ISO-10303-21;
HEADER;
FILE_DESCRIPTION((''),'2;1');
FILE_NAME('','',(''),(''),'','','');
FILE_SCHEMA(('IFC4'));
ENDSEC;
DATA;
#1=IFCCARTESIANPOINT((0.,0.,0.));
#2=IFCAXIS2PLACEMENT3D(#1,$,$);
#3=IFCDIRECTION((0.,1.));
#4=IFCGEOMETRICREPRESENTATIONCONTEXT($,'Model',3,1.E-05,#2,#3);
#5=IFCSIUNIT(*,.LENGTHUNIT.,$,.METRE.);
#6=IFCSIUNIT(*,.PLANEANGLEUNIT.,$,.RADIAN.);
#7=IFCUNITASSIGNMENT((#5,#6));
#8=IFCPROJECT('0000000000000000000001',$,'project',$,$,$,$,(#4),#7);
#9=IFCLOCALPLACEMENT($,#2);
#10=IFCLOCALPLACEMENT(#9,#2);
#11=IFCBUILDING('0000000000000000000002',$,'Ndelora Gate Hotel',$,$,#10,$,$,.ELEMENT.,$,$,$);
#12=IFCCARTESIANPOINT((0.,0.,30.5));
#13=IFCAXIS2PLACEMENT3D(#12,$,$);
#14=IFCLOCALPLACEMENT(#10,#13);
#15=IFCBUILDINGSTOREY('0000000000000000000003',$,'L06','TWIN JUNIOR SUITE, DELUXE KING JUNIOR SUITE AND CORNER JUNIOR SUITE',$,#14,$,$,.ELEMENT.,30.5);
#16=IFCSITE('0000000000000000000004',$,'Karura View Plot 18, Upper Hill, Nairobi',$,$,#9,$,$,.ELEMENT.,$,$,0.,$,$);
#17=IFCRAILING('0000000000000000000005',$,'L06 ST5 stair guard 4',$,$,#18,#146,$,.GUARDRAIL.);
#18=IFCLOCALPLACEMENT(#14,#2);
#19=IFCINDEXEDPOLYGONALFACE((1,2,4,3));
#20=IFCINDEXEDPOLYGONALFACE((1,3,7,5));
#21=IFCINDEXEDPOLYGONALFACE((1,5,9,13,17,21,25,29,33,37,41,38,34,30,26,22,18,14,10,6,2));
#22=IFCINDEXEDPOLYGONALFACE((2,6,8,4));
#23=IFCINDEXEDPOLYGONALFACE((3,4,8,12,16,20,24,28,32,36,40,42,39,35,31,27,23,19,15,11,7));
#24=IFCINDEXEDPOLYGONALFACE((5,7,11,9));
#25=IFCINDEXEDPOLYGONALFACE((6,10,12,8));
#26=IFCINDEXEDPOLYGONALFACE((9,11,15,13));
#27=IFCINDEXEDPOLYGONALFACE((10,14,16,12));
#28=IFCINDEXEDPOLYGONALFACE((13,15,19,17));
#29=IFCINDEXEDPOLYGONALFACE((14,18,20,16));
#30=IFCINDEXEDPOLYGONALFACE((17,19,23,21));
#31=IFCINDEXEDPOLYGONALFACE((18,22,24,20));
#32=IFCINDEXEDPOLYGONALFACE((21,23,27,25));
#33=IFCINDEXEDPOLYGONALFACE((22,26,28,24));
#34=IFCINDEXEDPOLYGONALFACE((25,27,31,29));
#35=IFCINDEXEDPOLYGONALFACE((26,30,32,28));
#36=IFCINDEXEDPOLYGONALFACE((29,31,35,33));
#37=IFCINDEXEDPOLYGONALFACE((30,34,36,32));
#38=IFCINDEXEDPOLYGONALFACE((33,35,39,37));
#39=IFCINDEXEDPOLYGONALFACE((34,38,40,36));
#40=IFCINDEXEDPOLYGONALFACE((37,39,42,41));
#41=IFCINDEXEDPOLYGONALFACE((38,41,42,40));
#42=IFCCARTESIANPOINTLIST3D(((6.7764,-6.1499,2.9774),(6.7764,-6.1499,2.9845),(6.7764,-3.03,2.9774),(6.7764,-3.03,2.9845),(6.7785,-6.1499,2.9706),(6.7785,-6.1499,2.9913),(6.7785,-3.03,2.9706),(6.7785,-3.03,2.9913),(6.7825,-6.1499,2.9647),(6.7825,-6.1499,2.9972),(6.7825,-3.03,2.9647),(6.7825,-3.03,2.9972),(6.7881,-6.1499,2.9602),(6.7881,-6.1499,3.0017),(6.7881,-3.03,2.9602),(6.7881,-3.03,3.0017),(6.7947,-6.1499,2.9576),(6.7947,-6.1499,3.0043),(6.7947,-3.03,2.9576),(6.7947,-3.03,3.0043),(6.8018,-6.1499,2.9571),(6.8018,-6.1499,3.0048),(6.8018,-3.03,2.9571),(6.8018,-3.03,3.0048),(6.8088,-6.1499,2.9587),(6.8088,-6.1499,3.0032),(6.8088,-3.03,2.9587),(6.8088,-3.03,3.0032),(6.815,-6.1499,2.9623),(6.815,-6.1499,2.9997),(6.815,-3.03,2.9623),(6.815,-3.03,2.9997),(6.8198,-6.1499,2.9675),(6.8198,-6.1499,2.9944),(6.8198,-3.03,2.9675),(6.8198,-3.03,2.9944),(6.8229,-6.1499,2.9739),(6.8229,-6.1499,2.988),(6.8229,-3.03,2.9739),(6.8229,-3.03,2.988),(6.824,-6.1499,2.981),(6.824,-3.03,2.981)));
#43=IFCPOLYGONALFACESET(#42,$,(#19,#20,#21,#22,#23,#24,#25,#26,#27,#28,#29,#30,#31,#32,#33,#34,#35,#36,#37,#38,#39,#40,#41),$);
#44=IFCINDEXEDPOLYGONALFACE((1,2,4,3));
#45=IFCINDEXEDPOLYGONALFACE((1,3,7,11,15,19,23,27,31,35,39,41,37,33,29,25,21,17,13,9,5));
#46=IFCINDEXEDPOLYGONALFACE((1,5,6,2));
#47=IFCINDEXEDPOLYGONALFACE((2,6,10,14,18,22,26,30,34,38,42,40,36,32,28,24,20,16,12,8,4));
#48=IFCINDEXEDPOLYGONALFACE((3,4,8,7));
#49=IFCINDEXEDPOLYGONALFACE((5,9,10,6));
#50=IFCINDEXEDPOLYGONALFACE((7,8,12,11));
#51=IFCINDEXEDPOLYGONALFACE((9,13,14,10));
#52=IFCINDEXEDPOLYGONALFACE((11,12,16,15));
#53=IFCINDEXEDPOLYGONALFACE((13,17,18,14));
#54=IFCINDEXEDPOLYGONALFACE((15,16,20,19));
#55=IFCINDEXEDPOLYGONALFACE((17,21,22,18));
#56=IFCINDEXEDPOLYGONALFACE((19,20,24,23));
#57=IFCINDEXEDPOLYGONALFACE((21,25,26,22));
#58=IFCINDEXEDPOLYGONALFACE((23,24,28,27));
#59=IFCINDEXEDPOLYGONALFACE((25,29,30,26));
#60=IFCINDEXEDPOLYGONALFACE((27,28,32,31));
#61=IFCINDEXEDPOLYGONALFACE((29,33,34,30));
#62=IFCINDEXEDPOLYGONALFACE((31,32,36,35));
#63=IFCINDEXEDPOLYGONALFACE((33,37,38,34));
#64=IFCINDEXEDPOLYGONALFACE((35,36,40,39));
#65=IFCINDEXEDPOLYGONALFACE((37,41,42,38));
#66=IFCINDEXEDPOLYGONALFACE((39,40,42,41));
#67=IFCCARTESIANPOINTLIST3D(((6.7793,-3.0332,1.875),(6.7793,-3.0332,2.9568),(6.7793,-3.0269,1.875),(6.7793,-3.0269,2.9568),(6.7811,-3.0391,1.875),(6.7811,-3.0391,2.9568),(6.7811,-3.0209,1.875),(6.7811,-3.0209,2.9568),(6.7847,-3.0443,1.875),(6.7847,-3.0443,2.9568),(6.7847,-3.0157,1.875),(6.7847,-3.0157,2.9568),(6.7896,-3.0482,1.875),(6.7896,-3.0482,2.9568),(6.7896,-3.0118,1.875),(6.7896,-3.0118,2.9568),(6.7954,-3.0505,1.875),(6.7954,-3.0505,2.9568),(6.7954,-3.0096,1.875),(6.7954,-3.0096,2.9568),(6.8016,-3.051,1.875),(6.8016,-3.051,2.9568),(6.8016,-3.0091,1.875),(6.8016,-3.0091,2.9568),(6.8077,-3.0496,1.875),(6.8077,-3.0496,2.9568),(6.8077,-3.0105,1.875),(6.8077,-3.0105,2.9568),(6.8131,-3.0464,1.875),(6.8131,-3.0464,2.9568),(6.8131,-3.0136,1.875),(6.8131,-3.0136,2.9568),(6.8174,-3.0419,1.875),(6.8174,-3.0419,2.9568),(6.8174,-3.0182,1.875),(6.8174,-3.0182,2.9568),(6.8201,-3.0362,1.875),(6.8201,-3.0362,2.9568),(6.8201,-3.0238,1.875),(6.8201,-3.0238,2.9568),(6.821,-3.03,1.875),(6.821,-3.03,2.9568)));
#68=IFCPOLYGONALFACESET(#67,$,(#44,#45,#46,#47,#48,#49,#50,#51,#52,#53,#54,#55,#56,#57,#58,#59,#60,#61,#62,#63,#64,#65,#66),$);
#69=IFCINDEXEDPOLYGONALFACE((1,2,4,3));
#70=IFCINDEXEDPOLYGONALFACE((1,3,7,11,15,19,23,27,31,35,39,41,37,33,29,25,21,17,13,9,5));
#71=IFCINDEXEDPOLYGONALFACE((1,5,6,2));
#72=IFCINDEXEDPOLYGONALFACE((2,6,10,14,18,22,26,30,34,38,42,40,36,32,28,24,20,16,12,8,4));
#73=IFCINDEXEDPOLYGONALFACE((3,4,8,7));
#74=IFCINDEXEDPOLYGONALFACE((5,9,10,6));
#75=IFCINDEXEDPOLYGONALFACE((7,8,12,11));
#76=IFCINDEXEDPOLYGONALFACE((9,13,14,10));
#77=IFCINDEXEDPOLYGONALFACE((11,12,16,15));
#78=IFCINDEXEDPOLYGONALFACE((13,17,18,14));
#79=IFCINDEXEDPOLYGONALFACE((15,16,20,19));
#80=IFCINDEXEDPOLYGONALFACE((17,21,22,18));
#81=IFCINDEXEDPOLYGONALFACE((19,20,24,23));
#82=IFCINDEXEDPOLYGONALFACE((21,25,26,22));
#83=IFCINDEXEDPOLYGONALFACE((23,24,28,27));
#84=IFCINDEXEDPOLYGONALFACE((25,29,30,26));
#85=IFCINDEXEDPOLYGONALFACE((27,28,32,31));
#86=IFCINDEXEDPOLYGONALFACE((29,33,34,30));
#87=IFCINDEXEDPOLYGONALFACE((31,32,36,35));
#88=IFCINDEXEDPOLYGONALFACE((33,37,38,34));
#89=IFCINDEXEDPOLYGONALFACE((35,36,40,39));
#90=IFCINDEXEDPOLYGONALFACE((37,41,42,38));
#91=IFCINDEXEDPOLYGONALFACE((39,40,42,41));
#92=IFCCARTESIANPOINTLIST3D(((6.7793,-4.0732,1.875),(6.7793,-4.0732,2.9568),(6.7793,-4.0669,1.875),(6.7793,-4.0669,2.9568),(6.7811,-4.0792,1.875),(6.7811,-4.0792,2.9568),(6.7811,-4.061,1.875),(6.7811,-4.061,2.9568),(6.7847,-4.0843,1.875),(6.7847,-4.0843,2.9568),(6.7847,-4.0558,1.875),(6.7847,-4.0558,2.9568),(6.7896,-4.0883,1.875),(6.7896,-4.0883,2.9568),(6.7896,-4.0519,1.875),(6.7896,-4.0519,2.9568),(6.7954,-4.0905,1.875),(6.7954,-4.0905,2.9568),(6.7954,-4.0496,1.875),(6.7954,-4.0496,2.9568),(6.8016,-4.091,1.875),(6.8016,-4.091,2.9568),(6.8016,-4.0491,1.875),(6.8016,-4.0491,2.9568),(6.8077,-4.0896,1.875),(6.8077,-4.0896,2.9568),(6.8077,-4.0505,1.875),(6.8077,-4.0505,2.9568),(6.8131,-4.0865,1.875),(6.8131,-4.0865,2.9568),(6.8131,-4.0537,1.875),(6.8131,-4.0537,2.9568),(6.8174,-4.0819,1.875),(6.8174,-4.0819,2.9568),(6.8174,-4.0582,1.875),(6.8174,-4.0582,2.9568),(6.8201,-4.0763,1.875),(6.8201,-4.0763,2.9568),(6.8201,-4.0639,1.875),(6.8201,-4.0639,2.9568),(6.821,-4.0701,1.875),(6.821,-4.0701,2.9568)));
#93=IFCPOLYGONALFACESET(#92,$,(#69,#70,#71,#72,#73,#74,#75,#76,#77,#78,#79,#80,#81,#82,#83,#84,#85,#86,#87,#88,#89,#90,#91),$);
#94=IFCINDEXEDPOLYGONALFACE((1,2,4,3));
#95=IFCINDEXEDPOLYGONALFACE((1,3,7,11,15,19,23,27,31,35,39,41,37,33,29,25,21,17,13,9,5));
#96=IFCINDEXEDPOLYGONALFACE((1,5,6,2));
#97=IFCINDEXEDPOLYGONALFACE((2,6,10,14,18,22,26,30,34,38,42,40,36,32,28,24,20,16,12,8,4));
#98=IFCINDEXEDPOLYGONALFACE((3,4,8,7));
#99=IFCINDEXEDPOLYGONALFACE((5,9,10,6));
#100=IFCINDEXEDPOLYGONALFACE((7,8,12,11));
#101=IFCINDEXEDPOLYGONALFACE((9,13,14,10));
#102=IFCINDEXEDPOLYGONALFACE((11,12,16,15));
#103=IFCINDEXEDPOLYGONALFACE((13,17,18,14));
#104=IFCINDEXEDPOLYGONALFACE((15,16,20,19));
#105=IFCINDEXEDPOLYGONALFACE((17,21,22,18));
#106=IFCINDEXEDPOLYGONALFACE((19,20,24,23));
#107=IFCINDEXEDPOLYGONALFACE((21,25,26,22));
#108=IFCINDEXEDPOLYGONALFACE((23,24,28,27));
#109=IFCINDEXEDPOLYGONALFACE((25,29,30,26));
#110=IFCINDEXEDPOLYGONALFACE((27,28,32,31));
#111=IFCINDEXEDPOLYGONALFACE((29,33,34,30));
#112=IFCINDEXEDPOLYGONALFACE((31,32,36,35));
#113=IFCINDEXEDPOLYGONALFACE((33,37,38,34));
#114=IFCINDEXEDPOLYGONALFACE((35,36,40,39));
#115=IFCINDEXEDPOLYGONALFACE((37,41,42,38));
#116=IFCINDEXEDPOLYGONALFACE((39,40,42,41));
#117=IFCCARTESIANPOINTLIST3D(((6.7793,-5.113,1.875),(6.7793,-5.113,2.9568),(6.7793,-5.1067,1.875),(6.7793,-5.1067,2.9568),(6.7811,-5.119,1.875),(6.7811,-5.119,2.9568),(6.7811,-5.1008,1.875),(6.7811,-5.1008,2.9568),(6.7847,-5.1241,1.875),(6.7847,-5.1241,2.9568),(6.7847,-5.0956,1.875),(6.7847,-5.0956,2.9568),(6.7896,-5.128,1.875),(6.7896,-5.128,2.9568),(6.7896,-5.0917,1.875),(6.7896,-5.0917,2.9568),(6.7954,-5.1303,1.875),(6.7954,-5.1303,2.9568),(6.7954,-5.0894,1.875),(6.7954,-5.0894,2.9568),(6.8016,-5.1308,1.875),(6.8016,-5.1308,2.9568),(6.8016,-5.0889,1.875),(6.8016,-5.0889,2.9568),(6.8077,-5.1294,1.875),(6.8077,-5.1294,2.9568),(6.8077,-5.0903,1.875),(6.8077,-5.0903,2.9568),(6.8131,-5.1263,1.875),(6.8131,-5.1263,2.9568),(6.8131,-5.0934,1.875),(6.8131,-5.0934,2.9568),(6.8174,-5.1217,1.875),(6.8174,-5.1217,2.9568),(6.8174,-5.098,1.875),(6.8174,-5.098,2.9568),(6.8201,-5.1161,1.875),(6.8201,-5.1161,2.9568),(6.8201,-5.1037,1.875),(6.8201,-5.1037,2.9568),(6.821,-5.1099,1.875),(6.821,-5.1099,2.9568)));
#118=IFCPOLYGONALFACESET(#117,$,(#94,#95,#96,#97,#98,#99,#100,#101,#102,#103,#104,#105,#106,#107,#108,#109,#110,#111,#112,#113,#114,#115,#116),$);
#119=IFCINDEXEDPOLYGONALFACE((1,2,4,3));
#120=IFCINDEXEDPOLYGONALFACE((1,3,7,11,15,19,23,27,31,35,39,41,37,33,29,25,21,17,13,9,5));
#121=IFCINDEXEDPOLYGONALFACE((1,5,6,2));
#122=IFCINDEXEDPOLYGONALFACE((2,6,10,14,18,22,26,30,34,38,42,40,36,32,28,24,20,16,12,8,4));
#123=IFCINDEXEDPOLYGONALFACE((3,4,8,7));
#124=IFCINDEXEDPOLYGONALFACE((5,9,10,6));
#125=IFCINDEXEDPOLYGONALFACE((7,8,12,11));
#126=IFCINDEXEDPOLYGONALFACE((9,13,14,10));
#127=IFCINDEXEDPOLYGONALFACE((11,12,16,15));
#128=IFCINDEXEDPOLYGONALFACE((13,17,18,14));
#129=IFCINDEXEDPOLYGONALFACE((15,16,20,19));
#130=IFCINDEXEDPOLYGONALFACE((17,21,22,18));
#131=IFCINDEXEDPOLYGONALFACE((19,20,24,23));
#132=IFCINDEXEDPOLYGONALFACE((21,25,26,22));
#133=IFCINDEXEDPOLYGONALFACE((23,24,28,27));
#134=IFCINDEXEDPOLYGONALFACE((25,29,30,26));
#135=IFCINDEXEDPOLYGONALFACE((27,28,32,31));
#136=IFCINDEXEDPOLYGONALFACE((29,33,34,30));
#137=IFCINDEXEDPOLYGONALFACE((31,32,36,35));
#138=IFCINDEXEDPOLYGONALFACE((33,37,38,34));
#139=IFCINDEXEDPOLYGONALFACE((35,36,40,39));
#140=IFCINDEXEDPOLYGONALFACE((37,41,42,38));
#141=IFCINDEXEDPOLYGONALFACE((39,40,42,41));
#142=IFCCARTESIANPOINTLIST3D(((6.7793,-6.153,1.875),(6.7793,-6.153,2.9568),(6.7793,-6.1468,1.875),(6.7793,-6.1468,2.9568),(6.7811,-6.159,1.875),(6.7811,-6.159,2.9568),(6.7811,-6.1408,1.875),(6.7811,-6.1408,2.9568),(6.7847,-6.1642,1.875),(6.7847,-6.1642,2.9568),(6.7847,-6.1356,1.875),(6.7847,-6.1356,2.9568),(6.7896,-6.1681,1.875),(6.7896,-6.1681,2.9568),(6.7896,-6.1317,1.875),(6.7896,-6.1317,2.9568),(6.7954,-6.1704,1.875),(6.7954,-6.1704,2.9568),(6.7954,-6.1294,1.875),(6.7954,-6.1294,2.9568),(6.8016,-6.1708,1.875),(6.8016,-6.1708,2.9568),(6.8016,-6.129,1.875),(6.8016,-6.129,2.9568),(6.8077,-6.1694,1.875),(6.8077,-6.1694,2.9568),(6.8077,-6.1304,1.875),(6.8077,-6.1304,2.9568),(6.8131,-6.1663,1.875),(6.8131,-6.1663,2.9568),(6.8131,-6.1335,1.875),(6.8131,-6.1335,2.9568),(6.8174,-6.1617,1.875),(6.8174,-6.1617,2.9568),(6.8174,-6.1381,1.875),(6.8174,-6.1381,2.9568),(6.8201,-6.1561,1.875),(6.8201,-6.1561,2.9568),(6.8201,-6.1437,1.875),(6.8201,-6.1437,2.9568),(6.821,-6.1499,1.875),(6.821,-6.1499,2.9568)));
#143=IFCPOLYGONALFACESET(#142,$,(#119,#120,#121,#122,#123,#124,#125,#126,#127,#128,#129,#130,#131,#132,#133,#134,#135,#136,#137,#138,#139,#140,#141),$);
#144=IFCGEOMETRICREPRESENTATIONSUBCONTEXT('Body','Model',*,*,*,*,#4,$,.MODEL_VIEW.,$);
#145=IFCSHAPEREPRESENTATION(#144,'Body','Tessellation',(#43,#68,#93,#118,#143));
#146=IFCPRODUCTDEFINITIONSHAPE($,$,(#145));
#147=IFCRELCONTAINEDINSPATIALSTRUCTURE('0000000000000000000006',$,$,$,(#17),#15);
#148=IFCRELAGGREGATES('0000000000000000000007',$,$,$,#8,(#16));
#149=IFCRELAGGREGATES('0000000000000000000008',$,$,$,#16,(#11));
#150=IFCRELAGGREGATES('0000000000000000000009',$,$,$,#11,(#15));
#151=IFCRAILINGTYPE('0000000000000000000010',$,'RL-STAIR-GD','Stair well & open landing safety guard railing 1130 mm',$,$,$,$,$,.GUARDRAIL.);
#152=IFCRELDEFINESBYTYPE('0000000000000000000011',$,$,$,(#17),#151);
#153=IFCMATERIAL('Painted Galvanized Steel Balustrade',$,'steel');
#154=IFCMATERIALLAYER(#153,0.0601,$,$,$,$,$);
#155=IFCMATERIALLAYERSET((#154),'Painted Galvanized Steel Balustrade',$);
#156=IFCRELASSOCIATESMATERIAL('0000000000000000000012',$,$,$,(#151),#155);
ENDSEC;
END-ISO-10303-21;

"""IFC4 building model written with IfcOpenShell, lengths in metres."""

from ifc_helpers import new_model, si_unit, direction, frame, origin, origin_2d, place, context, subcontext, project, spatial, circle, extrude, material, layer, layer_set, type_object, element, save


model = new_model("IFC4")

# Units and contexts
model_context = context("Model", 3, precision=1e-05, world=origin(), true_north=direction((0.0, 1.0)))
body_context = subcontext(model_context, "Body", "Model", "MODEL_VIEW")
ifc_project = project(units=[si_unit("LENGTHUNIT", "METRE"), si_unit("PLANEANGLEUNIT", "RADIAN")], contexts=[model_context])

# Site, building, storey
site_placement = place(None, origin())
site = spatial("IfcSite", under=ifc_project, at=site_placement, Name="Karura View Plot 18, Upper Hill, Nairobi", CompositionType="ELEMENT", RefElevation=0.0)
building_placement = place(site_placement, origin())
building = spatial("IfcBuilding", under=site, at=building_placement, Name="Ndelora Gate Hotel", CompositionType="ELEMENT")
storey_placement = place(building_placement, frame((0.0, 0.0, 30.5)))
storey = spatial("IfcBuildingStorey", under=building, at=storey_placement, Name="L06", Description="TWIN JUNIOR SUITE, DELUXE KING JUNIOR SUITE AND CORNER JUNIOR SUITE", CompositionType="ELEMENT", Elevation=30.5)

# Railing
ifc_material_1 = material(Name="Painted Galvanized Steel Balustrade", Category="steel")
ifc_layer_1 = layer(ifc_material_1, 0.0601)
ifc_layer_set_1 = layer_set([ifc_layer_1], Name="Painted Galvanized Steel Balustrade")
railing_type_1 = type_object("IfcRailingType", Name="RL-STAIR-GD", Description="Stair well & open landing safety guard railing 1130 mm", PredefinedType="GUARDRAIL", material=ifc_layer_set_1)
for number, where, name in (
    (1, (6.8, -3.03, 1.875), "L06 ST5 stair guard 4"),
):
    element("IfcRailing", number, at=place(storey_placement, frame(where)), inside=storey, type_object=railing_type_1, Name=name, PredefinedType="GUARDRAIL", context=body_context, shape_type="SweptSolid", body=[
        extrude(circle(Radius=0.0239, at=origin_2d()), frame((0.0, 0.0, 1.106), z_axis=(0.0, -1.0, 0.0), x_axis=(1.0, 0.0, 0.0)), (0.0, 0.0, 1.0), 3.1199),
        extrude(circle(Radius=0.021, at=origin_2d()), origin(), (0.0, 0.0, 1.0), 1.0818),
        extrude(circle(Radius=0.021, at=origin_2d()), frame((0.0, -1.04, 0.0)), (0.0, 0.0, 1.0), 1.0818),
        extrude(circle(Radius=0.021, at=origin_2d()), frame((0.0, -2.0798, 0.0)), (0.0, 0.0, 1.0), 1.0818),
        extrude(circle(Radius=0.021, at=origin_2d()), frame((0.0, -3.1199, 0.0)), (0.0, 0.0, 1.0), 1.0818),
    ])

save(model, "model.ifc")
